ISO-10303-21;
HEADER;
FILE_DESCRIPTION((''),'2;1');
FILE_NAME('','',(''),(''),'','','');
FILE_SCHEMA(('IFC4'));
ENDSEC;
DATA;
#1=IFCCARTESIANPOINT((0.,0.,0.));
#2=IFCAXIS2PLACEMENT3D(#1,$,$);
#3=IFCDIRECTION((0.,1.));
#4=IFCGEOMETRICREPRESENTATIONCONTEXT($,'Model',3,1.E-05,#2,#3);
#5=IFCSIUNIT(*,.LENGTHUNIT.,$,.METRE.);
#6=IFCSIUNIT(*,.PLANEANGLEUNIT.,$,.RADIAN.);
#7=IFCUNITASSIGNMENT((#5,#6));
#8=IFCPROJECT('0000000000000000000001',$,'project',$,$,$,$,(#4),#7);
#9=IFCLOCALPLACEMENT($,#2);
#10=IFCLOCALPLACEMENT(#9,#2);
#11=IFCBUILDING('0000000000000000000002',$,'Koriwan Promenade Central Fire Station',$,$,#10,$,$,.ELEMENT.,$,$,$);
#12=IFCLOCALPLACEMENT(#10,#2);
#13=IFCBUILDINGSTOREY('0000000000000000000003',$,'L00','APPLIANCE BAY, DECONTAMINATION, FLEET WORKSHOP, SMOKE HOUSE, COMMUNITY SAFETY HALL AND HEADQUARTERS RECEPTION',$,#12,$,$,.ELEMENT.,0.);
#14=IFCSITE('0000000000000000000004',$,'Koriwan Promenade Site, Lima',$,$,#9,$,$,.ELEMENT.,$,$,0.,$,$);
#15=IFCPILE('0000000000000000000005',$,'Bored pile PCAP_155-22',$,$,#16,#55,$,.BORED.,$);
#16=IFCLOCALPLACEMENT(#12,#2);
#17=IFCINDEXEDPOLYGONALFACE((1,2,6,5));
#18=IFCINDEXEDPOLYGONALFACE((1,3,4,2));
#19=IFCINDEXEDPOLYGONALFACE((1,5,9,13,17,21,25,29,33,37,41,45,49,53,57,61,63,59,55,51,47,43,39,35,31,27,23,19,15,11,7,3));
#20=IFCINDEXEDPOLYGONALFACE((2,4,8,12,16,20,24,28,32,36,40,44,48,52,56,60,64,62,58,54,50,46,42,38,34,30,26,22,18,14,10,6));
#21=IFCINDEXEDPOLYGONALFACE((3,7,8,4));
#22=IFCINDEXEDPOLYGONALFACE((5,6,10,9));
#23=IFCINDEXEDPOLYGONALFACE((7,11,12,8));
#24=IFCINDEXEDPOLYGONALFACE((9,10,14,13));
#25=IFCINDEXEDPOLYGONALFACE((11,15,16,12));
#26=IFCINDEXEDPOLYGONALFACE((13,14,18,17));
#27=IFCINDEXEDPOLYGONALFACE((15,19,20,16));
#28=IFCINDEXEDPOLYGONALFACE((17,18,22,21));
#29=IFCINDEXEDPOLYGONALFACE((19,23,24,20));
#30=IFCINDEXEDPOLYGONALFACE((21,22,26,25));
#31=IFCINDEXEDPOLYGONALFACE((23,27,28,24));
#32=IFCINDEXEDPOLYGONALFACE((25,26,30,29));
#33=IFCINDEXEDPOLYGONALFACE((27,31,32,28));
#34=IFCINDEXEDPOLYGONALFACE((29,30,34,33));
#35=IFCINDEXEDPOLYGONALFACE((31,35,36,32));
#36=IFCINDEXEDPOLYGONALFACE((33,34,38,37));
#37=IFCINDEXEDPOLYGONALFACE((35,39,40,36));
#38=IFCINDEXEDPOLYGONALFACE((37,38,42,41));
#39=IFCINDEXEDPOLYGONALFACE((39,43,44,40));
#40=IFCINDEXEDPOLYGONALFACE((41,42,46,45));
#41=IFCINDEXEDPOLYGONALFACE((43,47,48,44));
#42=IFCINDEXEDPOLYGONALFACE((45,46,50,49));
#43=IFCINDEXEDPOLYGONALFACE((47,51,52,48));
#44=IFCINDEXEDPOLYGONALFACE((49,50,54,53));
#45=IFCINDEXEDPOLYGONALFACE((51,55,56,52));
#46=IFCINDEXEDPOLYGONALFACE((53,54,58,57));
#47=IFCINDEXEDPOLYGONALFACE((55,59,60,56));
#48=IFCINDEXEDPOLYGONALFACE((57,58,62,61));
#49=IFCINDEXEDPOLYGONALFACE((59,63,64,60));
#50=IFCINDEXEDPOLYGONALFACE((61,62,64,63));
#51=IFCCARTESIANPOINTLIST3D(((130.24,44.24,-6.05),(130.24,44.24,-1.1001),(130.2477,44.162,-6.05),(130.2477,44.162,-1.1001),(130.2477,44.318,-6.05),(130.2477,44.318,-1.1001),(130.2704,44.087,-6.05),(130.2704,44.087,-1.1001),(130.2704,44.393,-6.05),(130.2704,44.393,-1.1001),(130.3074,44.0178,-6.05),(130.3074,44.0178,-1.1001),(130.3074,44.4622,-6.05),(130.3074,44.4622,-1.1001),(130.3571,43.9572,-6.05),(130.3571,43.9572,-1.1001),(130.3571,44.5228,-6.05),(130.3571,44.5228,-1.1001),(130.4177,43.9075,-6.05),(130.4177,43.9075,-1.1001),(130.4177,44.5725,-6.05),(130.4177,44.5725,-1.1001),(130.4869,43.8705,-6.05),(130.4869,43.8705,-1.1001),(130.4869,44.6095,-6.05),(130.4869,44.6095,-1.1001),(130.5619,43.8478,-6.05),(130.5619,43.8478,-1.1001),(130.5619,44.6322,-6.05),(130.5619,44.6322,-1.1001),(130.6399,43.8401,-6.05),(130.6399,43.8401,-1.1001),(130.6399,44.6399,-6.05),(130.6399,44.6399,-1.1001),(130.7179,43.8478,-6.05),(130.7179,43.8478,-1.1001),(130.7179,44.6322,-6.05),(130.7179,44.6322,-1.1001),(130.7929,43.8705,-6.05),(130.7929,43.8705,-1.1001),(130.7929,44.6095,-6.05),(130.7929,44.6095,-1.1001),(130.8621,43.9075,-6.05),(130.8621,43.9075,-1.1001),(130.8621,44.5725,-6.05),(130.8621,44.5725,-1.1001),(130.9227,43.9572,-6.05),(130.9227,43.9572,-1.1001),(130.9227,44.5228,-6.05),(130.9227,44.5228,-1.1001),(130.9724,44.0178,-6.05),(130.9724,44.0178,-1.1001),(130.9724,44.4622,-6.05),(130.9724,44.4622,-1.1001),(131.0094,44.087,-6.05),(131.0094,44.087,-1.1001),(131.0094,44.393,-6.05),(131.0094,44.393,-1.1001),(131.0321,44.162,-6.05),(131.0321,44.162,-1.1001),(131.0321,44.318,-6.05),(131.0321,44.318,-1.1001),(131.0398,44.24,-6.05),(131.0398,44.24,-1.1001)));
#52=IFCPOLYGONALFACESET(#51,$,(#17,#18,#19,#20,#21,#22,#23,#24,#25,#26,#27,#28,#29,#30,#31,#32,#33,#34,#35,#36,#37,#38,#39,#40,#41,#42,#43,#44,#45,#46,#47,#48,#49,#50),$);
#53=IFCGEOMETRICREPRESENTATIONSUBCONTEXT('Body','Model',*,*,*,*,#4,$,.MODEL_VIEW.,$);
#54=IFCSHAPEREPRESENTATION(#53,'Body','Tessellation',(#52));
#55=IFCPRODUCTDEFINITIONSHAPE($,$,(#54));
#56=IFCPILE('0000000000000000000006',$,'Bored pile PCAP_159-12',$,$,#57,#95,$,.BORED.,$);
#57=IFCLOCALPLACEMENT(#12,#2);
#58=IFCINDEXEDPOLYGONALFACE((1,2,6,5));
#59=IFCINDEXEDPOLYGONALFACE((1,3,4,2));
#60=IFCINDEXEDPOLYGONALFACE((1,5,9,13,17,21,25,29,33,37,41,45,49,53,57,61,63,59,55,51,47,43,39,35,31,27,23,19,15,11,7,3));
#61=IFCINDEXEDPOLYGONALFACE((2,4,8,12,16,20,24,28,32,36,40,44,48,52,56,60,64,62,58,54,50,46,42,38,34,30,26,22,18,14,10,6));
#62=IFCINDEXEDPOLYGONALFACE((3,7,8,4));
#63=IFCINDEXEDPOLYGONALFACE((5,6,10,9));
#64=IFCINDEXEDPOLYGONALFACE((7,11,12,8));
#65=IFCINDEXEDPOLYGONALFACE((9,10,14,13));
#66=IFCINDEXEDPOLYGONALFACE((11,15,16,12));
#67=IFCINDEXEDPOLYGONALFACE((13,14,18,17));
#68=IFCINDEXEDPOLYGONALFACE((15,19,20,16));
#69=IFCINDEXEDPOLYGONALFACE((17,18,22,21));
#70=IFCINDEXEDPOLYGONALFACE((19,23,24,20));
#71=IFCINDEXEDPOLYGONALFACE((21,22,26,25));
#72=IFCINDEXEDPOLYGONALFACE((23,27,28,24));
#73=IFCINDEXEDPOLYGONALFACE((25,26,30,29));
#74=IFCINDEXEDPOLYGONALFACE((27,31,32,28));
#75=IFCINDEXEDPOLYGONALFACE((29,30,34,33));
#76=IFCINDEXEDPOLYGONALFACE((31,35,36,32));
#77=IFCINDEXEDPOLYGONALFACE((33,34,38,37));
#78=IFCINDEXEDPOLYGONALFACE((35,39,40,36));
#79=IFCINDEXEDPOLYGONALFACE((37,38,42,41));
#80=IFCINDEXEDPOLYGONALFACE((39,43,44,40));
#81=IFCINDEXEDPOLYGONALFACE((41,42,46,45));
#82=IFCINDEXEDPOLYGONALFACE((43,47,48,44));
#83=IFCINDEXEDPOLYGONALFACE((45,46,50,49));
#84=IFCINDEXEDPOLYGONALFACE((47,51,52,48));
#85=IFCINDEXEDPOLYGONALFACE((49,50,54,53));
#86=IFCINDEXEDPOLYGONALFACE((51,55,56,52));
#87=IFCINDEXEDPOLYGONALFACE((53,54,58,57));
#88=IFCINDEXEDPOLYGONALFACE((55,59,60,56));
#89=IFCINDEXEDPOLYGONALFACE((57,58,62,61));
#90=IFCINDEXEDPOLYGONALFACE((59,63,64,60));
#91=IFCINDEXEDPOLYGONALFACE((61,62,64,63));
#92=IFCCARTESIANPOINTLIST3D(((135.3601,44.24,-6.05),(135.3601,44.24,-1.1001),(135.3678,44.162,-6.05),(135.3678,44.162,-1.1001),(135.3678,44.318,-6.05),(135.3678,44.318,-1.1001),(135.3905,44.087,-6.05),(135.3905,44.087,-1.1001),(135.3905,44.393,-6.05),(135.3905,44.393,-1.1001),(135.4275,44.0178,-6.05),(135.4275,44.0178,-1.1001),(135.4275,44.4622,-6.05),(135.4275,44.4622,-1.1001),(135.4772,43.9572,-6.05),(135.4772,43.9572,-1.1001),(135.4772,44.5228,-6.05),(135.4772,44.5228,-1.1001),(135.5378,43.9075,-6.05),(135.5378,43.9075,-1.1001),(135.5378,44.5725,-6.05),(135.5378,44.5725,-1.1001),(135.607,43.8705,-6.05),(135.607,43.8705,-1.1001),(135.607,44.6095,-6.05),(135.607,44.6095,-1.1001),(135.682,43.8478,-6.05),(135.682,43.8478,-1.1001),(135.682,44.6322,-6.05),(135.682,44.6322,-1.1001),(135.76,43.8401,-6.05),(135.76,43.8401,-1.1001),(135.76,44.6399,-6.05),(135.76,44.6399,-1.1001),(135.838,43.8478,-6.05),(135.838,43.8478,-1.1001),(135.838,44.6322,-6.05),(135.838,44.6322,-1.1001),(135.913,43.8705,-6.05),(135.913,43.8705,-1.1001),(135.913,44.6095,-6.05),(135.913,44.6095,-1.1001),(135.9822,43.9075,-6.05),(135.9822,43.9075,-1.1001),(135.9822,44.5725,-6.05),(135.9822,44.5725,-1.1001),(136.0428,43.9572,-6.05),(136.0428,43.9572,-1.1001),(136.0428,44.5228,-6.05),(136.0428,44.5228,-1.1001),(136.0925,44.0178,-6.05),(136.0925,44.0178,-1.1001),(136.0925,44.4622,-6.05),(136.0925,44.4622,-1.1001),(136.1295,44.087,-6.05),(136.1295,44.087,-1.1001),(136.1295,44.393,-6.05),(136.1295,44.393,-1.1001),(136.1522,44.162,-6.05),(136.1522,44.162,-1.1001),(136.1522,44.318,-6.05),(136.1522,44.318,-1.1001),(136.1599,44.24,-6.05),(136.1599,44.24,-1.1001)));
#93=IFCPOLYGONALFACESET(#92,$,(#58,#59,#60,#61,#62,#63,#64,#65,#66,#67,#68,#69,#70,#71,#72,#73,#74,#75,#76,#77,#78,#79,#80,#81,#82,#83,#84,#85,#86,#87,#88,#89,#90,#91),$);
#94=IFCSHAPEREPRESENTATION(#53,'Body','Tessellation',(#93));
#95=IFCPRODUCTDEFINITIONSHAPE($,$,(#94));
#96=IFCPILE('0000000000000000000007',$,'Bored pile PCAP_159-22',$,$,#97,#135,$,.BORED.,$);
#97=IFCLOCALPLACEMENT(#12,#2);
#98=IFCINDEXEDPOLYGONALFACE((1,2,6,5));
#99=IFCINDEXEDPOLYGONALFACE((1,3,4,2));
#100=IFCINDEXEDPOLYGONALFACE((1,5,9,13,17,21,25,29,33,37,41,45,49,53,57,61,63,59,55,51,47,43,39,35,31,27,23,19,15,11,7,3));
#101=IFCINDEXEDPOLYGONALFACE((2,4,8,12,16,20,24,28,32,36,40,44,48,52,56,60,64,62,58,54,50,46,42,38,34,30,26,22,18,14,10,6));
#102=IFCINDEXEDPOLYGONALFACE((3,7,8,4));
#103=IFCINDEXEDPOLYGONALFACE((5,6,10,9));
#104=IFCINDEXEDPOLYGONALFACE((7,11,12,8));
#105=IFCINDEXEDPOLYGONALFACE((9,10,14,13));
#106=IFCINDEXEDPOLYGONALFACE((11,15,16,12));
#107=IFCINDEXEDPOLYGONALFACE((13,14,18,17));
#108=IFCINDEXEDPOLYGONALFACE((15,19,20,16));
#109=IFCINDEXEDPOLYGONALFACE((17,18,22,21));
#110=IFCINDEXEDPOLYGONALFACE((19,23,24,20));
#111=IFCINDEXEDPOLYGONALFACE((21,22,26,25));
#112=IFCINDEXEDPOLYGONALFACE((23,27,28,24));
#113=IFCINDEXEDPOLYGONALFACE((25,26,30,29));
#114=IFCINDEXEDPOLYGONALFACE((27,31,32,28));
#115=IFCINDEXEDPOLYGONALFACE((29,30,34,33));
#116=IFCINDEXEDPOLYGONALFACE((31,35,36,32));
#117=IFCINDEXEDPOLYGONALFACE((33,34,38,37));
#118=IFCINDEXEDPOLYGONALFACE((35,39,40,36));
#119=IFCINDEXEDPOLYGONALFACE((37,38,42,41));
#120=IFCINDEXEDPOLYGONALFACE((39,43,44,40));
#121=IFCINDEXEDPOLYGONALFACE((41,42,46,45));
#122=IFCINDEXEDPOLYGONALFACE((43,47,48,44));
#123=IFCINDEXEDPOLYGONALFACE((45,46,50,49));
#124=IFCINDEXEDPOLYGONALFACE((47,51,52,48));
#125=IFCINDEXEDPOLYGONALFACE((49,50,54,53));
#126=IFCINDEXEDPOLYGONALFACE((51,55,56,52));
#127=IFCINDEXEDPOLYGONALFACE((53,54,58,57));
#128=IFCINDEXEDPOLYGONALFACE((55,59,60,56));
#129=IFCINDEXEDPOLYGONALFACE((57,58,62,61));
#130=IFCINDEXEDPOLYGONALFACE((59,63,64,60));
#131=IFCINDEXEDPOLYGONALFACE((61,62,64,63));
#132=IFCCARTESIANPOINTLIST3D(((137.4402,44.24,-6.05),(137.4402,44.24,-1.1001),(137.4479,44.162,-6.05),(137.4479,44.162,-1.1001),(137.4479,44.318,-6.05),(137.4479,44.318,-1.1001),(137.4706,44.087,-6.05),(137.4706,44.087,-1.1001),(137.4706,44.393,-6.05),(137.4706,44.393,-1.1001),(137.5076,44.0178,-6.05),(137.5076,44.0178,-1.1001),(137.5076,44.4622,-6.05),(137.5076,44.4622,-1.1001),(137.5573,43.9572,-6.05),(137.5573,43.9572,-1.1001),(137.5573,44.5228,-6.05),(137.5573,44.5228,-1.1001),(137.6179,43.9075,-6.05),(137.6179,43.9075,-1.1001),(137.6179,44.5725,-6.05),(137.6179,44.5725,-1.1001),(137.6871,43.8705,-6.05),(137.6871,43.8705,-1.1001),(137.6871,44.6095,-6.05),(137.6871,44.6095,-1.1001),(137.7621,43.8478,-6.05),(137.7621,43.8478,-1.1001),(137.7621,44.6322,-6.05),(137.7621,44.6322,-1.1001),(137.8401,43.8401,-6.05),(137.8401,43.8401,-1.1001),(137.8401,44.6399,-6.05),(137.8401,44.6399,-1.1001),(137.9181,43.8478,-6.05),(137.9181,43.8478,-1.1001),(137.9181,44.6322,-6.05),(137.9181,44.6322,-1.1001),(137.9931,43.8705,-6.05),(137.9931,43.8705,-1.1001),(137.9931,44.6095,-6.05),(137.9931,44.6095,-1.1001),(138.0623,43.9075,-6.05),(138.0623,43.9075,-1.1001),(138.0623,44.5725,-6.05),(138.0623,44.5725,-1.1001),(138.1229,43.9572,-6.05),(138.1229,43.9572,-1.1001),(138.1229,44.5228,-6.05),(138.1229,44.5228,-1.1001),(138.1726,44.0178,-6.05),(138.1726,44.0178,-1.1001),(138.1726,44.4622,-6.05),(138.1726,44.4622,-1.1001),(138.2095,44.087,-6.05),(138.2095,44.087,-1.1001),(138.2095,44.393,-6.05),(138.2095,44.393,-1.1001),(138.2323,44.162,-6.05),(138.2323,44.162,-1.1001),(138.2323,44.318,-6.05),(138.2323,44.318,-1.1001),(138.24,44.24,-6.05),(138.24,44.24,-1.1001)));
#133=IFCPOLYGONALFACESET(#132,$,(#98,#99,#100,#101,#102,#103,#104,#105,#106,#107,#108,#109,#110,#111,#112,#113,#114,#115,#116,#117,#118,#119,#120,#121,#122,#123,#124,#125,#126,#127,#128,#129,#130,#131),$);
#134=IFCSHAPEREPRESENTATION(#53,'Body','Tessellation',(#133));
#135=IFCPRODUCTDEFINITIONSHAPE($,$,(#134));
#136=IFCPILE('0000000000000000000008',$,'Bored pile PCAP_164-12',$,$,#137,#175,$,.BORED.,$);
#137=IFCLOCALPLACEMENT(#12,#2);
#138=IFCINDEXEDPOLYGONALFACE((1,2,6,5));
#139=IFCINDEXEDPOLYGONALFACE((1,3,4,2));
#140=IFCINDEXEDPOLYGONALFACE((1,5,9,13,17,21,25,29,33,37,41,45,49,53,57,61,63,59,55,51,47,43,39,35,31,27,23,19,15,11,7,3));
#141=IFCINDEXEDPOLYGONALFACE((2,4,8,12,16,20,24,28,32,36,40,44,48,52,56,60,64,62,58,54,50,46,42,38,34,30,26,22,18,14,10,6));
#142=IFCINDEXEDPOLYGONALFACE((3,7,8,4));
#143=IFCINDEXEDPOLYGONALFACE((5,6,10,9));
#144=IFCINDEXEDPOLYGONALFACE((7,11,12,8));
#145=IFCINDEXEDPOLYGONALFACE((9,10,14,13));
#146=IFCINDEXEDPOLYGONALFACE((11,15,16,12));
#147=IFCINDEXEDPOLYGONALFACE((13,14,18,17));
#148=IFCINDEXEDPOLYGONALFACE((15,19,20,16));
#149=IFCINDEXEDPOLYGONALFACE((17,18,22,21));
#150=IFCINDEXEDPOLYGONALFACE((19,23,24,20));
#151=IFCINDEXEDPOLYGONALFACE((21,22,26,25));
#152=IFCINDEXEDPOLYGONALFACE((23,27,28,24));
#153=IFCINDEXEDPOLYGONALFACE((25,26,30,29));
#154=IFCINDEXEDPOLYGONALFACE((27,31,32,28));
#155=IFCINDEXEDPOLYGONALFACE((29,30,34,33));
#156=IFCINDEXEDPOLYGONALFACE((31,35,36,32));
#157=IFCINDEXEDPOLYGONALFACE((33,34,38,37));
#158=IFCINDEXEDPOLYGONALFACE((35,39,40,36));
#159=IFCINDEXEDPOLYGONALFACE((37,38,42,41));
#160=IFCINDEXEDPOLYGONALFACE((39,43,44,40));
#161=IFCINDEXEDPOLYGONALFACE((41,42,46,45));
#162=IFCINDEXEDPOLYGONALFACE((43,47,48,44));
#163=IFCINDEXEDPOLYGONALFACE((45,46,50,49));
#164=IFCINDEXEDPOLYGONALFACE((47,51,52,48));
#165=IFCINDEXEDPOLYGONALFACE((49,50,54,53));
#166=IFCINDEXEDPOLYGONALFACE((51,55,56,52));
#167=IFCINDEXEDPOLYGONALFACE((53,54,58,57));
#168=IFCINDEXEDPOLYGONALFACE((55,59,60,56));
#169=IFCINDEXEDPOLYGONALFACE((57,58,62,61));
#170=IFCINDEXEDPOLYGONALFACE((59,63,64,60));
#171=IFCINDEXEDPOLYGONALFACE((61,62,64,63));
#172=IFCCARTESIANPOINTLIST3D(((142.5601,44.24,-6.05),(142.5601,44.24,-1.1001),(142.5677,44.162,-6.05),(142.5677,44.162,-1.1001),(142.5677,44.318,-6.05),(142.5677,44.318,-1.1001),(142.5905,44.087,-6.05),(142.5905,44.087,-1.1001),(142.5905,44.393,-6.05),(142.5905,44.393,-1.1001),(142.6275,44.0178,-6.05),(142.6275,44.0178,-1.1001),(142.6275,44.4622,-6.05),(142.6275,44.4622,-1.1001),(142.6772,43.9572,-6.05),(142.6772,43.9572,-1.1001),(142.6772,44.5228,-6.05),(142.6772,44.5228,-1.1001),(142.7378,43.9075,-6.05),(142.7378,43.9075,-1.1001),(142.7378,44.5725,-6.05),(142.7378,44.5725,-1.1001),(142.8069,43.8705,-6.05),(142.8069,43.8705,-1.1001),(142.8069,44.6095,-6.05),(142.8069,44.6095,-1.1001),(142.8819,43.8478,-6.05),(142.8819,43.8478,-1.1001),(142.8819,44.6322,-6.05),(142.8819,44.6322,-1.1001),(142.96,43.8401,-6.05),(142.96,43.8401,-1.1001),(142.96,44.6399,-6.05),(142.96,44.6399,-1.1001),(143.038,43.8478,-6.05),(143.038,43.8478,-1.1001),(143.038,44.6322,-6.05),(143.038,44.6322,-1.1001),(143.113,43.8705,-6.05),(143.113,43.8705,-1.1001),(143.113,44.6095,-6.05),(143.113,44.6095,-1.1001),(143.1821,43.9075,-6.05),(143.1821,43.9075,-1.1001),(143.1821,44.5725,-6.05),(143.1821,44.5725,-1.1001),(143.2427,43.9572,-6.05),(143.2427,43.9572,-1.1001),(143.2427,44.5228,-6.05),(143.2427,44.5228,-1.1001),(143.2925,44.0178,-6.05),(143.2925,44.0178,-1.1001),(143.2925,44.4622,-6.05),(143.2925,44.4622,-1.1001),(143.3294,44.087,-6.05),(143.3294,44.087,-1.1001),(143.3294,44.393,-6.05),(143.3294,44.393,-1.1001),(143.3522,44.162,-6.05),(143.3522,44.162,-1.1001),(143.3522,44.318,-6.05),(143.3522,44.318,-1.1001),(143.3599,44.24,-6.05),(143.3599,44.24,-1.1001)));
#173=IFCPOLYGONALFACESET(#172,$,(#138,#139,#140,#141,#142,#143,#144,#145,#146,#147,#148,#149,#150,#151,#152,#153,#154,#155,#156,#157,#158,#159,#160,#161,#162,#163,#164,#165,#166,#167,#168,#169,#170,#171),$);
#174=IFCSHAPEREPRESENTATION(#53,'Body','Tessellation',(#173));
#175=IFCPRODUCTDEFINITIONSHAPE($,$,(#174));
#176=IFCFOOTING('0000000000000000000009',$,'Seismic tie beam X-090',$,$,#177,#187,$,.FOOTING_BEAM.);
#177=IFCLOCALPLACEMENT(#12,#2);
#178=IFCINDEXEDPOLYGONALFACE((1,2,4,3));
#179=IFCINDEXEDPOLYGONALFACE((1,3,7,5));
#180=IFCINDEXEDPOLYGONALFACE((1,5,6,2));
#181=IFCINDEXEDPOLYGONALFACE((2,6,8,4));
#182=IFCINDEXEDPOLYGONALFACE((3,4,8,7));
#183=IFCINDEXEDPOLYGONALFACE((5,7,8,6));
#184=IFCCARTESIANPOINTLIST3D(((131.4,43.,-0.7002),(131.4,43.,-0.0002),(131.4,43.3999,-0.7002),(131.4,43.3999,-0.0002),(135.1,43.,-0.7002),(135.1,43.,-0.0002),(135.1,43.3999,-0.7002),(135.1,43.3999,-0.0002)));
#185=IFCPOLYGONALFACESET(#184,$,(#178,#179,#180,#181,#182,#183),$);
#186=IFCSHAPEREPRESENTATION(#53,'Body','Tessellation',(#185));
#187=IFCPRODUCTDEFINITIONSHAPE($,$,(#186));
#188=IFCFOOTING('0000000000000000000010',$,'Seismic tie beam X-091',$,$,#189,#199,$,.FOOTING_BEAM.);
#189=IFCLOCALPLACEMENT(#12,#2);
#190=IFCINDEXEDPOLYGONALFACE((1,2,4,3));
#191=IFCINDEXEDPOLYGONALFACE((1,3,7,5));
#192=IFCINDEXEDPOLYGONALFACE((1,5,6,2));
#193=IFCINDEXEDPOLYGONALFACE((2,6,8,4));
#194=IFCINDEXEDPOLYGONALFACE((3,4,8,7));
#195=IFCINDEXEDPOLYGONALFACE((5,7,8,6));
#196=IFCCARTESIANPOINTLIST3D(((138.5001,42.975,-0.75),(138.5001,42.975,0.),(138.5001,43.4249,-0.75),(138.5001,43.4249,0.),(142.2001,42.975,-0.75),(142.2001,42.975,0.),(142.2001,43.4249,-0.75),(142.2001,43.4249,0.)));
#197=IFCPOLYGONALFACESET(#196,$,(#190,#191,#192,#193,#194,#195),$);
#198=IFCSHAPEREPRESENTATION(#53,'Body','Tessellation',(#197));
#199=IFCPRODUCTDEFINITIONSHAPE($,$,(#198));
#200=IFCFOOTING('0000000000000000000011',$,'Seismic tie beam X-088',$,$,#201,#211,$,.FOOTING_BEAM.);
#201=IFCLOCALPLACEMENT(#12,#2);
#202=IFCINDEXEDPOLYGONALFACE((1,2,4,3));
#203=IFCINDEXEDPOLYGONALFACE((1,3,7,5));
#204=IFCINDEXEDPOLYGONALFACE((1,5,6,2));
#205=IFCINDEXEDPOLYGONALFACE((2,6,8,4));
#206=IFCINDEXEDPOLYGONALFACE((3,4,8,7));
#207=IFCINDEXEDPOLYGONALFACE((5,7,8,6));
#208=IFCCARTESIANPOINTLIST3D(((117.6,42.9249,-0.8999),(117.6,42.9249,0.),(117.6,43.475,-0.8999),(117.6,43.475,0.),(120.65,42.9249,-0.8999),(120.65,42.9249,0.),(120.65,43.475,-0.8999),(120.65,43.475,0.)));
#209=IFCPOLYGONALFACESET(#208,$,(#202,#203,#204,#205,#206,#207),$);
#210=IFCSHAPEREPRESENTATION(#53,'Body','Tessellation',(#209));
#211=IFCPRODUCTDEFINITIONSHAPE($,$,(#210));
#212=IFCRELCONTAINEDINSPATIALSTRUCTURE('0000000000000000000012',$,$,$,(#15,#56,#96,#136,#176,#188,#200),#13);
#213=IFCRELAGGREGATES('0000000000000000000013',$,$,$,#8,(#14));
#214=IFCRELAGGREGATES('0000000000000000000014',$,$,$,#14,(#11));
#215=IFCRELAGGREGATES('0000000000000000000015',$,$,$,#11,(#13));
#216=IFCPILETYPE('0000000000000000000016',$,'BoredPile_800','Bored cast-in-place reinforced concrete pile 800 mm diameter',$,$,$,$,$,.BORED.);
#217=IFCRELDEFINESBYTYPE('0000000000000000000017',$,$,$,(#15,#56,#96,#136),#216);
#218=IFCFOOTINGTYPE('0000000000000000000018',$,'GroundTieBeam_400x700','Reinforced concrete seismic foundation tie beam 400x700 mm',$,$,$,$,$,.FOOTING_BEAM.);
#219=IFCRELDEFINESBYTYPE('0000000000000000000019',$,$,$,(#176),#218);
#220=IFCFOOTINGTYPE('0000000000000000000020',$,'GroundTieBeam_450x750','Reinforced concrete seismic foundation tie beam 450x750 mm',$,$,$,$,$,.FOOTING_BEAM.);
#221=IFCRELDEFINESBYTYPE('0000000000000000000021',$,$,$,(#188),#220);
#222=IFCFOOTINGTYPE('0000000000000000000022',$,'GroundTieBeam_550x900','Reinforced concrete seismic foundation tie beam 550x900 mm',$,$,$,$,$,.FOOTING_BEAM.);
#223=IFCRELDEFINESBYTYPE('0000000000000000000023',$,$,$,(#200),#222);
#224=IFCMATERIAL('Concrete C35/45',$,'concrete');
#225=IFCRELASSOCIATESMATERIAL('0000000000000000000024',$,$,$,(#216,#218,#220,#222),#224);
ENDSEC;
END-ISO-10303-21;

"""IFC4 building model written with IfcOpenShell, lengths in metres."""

from ifc_helpers import new_model, si_unit, direction, frame, origin, origin_2d, place, context, subcontext, project, spatial, rectangle, circle, extrude, material, material_profile, profile_set, type_object, element, save


model = new_model("IFC4")

# Units and contexts
model_context = context("Model", 3, precision=1e-05, world=origin(), true_north=direction((0.0, 1.0)))
body_context = subcontext(model_context, "Body", "Model", "MODEL_VIEW")
ifc_project = project(units=[si_unit("LENGTHUNIT", "METRE"), si_unit("PLANEANGLEUNIT", "RADIAN")], contexts=[model_context])

# Site, building, storey
site_placement = place(None, origin())
site = spatial("IfcSite", under=ifc_project, at=site_placement, Name="Koriwan Promenade Site, Lima", CompositionType="ELEMENT", RefElevation=0.0)
building_placement = place(site_placement, origin())
building = spatial("IfcBuilding", under=site, at=building_placement, Name="Koriwan Promenade Central Fire Station", CompositionType="ELEMENT")
storey_placement = place(building_placement, origin())
storey = spatial("IfcBuildingStorey", under=building, at=storey_placement, Name="L00", Description="APPLIANCE BAY, DECONTAMINATION, FLEET WORKSHOP, SMOKE HOUSE, COMMUNITY SAFETY HALL AND HEADQUARTERS RECEPTION", CompositionType="ELEMENT", Elevation=0.0)

# Piles
ifc_material_1 = material(Name="Concrete C35/45", Category="concrete")
ifc_material_profile_1 = material_profile(ifc_material_1, circle(Radius=0.3999, at=origin_2d()), Name="PILE-D800")
ifc_profile_set_1 = profile_set([ifc_material_profile_1], Name="Concrete C35/45")
pile_type_1 = type_object("IfcPileType", Name="BoredPile_800", Description="Bored cast-in-place reinforced concrete pile 800 mm diameter", PredefinedType="BORED", material=ifc_profile_set_1)
for number, where, z_axis, x_axis, name in (
    (1, (130.6399, 44.24, -1.1001), (0.0, 0.0, -1.0), (1.0, 0.0, 0.0), "Bored pile PCAP_155-22"),
    (2, (135.76, 44.24, -1.1001), (0.0, 0.0, -1.0), (1.0, 0.0, 0.0), "Bored pile PCAP_159-12"),
    (3, (137.8401, 44.24, -1.1001), (0.0, 0.0, -1.0), (1.0, 0.0, 0.0), "Bored pile PCAP_159-22"),
    (4, (142.96, 44.24, -1.1001), (0.0, 0.0, -1.0), (1.0, 0.0, 0.0), "Bored pile PCAP_164-12"),
):
    element("IfcPile", number, at=place(storey_placement, frame(where, z_axis=z_axis, x_axis=x_axis)), inside=storey, type_object=pile_type_1, Name=name, PredefinedType="BORED", context=body_context, shape_type="SweptSolid", body=[
        extrude(circle(Radius=0.3999, at=origin_2d()), origin(), (0.0, 0.0, 1.0), 4.95),
    ])

# Footings
footing_type_1 = type_object("IfcFootingType", Name="GroundTieBeam_400x700", Description="Reinforced concrete seismic foundation tie beam 400x700 mm", PredefinedType="FOOTING_BEAM", material=ifc_material_1)
footing_1_placement = place(storey_placement, frame((133.25, 43.2, -0.7002), z_axis=(0.0, 0.0, 1.0), x_axis=(1.0, 0.0, 0.0)))
element("IfcFooting", 5, at=footing_1_placement, inside=storey, type_object=footing_type_1, Name="Seismic tie beam X-090", PredefinedType="FOOTING_BEAM", context=body_context, shape_type="SweptSolid", body=[
    extrude(rectangle(XDim=3.7, YDim=0.3999, at=origin_2d()), origin(), (0.0, 0.0, 1.0), 0.7),
])
footing_type_2 = type_object("IfcFootingType", Name="GroundTieBeam_450x750", Description="Reinforced concrete seismic foundation tie beam 450x750 mm", PredefinedType="FOOTING_BEAM", material=ifc_material_1)
footing_2_placement = place(storey_placement, frame((140.3501, 43.2, -0.75), z_axis=(0.0, 0.0, 1.0), x_axis=(1.0, 0.0, 0.0)))
element("IfcFooting", 6, at=footing_2_placement, inside=storey, type_object=footing_type_2, Name="Seismic tie beam X-091", PredefinedType="FOOTING_BEAM", context=body_context, shape_type="SweptSolid", body=[
    extrude(rectangle(XDim=3.7, YDim=0.45, at=origin_2d()), origin(), (0.0, 0.0, 1.0), 0.75),
])
footing_type_3 = type_object("IfcFootingType", Name="GroundTieBeam_550x900", Description="Reinforced concrete seismic foundation tie beam 550x900 mm", PredefinedType="FOOTING_BEAM", material=ifc_material_1)
footing_3_placement = place(storey_placement, frame((119.125, 43.2, -0.8999), z_axis=(0.0, 0.0, 1.0), x_axis=(1.0, 0.0, 0.0)))
element("IfcFooting", 7, at=footing_3_placement, inside=storey, type_object=footing_type_3, Name="Seismic tie beam X-088", PredefinedType="FOOTING_BEAM", context=body_context, shape_type="SweptSolid", body=[
    extrude(rectangle(XDim=3.05, YDim=0.55, at=origin_2d()), origin(), (0.0, 0.0, 1.0), 0.8999),
])

save(model, "model.ifc")
